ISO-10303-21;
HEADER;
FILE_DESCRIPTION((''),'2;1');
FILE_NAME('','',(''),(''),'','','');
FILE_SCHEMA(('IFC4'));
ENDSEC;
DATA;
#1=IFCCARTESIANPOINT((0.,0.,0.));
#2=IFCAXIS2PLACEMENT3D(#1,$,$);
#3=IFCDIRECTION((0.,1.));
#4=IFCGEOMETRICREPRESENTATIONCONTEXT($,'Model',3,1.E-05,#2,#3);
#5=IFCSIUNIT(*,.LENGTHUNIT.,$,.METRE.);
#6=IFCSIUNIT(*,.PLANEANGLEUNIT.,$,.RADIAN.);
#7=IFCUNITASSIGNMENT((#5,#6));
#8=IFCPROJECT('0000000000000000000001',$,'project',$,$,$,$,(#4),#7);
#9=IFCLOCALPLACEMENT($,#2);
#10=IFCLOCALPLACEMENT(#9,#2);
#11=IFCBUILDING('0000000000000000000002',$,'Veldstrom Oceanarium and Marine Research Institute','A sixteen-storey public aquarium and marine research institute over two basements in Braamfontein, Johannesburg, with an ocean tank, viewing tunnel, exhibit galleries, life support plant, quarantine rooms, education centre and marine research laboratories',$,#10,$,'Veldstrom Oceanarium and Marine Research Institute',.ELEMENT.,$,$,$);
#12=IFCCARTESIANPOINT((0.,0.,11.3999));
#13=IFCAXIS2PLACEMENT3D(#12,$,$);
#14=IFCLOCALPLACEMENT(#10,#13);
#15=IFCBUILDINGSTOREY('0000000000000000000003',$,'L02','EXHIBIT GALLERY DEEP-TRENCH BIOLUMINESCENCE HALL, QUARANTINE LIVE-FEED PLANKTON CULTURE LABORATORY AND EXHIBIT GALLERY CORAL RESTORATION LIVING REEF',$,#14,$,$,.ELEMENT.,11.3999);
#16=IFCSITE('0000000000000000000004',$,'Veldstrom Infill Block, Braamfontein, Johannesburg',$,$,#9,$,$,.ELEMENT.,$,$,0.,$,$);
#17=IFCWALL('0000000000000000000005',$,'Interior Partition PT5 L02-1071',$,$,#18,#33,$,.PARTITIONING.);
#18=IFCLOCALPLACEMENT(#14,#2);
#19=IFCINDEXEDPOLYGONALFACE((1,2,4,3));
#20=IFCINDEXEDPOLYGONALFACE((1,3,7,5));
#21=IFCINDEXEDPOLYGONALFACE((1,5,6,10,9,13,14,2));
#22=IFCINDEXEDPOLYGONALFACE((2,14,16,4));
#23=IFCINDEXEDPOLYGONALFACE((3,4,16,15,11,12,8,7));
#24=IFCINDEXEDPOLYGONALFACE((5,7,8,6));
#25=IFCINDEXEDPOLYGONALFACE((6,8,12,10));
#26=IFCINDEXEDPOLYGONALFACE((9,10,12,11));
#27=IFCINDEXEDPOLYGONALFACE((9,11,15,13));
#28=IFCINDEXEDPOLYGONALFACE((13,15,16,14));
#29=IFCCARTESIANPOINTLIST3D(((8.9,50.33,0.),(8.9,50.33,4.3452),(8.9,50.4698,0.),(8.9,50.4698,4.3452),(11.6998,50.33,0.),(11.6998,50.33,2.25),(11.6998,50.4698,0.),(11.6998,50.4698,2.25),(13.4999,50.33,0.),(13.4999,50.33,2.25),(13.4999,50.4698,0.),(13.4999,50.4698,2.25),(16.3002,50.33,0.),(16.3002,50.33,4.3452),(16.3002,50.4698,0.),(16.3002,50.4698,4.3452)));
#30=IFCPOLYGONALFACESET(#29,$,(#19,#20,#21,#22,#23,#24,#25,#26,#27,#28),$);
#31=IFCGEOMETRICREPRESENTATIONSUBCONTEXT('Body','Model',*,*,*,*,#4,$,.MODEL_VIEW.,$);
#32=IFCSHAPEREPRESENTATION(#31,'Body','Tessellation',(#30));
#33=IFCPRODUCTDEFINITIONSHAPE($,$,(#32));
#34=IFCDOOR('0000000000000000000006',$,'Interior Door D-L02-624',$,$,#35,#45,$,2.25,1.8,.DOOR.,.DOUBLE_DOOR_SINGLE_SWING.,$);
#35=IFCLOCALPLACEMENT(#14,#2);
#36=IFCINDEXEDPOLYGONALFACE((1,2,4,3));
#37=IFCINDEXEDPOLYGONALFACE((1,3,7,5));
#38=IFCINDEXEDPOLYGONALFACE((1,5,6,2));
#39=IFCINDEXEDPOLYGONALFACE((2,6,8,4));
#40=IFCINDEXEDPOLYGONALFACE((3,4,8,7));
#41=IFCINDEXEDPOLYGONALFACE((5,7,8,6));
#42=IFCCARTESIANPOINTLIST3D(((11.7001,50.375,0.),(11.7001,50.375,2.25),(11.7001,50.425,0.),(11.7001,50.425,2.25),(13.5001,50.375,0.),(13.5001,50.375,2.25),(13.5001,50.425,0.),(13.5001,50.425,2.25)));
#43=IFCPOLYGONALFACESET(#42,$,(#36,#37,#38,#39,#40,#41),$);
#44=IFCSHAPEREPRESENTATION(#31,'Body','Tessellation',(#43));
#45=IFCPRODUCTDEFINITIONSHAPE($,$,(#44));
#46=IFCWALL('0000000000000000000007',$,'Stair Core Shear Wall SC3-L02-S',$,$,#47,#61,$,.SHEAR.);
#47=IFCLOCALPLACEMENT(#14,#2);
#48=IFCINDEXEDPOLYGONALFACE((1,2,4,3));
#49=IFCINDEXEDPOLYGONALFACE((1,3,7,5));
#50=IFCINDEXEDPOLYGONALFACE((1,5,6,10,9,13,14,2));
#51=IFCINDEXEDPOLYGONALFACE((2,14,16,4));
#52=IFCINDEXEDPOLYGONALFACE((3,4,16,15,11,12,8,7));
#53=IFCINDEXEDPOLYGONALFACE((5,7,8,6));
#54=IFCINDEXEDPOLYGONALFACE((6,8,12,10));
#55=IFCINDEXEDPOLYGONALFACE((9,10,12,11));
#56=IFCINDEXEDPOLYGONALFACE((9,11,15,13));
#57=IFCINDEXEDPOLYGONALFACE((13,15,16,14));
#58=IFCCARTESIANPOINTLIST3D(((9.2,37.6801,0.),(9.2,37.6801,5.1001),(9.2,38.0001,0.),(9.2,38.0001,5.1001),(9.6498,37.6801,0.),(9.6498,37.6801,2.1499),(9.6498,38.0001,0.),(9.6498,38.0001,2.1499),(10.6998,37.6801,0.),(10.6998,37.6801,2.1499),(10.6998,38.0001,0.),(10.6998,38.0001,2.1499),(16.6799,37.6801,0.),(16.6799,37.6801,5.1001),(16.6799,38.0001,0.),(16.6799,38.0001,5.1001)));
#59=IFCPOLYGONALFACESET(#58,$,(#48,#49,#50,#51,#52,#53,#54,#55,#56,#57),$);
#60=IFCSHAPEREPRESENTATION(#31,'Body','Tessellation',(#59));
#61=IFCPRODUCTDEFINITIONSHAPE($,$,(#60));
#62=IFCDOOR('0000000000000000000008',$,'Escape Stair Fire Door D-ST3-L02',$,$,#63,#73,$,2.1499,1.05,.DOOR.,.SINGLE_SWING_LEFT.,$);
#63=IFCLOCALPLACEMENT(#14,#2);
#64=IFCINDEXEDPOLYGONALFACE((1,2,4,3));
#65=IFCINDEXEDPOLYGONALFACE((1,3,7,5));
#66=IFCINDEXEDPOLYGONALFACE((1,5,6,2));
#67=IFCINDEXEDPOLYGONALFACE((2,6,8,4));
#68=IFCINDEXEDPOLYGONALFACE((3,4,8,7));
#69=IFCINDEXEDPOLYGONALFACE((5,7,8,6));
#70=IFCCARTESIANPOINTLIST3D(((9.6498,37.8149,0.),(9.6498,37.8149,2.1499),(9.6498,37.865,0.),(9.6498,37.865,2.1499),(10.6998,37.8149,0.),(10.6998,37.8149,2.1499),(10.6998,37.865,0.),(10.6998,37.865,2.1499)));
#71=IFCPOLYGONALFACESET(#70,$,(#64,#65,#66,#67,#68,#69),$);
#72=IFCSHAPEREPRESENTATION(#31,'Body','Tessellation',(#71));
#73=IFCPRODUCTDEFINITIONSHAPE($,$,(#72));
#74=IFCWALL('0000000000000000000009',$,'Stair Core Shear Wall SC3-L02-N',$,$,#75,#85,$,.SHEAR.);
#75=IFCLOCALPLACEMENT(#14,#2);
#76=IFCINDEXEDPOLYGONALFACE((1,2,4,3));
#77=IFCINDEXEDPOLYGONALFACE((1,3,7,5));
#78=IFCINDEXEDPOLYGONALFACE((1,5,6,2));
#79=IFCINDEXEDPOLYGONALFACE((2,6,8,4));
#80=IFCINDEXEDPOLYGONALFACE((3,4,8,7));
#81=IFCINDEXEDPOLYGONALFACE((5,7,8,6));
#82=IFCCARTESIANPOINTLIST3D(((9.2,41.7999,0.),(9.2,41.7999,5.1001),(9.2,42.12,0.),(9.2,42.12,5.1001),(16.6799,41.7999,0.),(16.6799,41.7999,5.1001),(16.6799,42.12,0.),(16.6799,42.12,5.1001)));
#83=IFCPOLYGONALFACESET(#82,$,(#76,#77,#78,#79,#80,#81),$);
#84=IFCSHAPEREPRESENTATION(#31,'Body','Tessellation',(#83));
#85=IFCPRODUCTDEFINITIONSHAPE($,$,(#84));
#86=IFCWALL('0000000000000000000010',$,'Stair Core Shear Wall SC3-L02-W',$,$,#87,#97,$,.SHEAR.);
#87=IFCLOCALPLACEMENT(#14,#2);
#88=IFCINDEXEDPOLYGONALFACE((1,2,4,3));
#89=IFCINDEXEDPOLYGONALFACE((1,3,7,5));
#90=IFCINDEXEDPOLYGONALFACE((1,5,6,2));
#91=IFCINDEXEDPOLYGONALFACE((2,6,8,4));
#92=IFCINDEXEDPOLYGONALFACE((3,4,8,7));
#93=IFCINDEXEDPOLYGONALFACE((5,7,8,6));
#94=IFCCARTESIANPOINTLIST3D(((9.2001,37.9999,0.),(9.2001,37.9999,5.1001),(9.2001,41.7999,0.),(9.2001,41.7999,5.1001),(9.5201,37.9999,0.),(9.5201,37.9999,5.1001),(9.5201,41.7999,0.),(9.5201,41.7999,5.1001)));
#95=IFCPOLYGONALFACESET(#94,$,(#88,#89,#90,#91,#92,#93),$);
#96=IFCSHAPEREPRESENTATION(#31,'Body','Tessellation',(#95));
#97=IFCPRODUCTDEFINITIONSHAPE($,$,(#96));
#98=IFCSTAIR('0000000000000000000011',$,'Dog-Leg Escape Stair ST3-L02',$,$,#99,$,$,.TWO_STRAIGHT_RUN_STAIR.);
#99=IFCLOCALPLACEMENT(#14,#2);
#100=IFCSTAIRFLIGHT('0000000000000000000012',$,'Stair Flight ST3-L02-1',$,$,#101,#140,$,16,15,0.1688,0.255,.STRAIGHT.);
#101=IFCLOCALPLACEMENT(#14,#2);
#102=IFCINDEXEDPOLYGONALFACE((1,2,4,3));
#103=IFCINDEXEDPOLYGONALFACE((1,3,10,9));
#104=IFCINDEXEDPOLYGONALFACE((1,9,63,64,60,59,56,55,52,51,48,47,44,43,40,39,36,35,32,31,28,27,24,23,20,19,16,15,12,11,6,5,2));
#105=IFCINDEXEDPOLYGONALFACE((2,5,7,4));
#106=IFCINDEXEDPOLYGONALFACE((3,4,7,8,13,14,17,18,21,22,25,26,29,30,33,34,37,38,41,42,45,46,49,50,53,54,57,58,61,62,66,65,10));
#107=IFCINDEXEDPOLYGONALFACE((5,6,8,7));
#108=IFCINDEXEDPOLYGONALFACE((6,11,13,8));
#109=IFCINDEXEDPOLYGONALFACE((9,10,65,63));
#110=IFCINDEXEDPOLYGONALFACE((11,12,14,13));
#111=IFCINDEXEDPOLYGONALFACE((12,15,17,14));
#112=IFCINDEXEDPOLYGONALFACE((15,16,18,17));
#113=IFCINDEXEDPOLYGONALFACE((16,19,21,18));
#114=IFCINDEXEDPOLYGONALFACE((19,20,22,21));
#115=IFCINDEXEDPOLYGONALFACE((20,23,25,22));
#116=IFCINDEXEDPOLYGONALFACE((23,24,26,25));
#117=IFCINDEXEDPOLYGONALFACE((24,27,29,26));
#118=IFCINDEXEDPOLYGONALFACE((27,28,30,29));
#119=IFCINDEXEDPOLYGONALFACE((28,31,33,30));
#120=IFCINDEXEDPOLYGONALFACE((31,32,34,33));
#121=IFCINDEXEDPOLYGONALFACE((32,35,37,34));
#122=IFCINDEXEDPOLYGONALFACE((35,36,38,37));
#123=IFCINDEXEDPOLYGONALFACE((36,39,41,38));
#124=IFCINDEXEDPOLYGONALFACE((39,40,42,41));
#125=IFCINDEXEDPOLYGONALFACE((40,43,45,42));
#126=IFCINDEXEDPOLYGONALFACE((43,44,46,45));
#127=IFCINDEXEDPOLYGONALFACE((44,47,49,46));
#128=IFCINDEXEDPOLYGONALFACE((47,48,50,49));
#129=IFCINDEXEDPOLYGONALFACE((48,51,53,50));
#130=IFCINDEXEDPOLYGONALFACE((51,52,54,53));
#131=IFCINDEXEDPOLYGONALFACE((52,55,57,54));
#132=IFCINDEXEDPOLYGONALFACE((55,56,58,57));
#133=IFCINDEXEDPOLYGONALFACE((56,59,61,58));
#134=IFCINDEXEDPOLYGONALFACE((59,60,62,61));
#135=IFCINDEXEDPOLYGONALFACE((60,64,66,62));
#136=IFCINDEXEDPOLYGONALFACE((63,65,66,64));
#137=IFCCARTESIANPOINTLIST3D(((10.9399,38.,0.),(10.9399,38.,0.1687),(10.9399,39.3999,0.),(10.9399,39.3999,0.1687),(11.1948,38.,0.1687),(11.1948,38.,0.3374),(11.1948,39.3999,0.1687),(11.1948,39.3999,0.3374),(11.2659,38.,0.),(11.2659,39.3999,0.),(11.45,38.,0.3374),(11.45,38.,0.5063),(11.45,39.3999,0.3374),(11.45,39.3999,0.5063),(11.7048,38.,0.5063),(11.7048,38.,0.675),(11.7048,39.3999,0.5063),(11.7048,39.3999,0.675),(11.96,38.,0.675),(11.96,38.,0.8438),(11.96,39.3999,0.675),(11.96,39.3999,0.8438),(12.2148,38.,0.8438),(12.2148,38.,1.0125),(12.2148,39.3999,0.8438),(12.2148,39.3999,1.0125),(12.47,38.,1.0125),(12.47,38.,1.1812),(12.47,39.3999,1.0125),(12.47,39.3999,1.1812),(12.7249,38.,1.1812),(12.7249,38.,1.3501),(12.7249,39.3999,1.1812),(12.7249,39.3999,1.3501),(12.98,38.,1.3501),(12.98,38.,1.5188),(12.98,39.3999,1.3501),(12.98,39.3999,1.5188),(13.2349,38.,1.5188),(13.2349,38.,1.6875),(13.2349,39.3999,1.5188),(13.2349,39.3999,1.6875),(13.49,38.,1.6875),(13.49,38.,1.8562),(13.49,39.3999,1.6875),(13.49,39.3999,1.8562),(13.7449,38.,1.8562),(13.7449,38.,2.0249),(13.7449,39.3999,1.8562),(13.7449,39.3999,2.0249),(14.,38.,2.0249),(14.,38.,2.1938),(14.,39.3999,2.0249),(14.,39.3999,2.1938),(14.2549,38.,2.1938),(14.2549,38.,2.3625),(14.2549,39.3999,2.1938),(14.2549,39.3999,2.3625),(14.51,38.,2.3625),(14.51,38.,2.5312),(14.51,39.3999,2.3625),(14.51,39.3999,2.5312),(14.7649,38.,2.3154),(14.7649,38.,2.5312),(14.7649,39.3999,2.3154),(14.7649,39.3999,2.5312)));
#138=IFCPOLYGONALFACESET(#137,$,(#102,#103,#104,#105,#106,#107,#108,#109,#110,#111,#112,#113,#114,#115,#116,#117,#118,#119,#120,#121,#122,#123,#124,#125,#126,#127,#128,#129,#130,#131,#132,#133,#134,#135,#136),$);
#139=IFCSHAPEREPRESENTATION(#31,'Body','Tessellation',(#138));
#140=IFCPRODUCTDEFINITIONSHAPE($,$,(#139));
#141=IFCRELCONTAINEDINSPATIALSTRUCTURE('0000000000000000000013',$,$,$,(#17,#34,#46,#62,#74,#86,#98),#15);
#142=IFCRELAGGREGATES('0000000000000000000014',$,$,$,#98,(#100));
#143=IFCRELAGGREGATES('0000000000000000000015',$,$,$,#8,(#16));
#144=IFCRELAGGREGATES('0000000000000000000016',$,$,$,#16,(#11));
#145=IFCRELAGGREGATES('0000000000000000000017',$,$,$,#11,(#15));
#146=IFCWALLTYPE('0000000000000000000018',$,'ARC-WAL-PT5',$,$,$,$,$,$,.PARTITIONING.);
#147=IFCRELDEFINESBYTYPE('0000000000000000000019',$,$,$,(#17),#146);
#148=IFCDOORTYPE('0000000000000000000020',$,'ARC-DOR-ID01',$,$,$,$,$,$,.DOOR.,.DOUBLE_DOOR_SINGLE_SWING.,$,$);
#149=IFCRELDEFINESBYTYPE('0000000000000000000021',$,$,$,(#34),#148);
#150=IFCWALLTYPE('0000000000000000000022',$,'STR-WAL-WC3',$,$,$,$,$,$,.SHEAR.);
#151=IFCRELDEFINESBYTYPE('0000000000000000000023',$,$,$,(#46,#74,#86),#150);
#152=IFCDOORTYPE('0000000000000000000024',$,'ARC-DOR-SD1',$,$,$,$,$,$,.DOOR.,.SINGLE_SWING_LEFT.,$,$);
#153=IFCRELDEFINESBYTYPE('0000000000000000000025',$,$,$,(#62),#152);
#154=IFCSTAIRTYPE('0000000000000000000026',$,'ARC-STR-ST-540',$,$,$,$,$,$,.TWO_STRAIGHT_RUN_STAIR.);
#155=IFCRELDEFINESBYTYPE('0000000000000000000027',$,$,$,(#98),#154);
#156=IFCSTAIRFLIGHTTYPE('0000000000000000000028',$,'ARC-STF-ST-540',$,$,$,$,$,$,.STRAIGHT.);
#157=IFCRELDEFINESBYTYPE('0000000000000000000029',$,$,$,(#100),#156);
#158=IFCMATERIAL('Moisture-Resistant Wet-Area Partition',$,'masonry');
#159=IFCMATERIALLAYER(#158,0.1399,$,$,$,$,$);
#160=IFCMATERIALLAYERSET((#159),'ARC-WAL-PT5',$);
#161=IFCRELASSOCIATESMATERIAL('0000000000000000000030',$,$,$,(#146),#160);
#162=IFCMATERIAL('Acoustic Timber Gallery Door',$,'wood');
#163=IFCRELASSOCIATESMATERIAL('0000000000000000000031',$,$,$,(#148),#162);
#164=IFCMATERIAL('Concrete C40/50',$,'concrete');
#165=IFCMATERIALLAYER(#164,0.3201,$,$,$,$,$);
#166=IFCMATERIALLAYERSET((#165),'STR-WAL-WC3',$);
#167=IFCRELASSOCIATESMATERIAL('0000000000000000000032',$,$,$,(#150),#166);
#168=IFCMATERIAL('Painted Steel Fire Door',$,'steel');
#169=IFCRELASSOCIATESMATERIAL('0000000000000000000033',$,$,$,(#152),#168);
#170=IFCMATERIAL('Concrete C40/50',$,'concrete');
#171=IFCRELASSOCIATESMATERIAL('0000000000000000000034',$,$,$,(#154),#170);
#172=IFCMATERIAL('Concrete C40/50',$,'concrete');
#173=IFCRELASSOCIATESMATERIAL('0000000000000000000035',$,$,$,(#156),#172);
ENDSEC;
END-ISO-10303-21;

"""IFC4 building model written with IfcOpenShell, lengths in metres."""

from ifc_helpers import new_model, si_unit, direction, frame, frame_2d, origin, place, context, subcontext, project, spatial, polyline, rectangle, outline, extrude, material, layer, layer_set, type_object, element, fill, aggregate, save


model = new_model("IFC4")

# Units and contexts
model_context = context("Model", 3, precision=1e-05, world=origin(), true_north=direction((0.0, 1.0)))
body_context = subcontext(model_context, "Body", "Model", "MODEL_VIEW")
ifc_project = project(units=[si_unit("LENGTHUNIT", "METRE"), si_unit("PLANEANGLEUNIT", "RADIAN")], contexts=[model_context])

# Site, building, storey
site_placement = place(None, origin())
site = spatial("IfcSite", under=ifc_project, at=site_placement, Name="Veldstrom Infill Block, Braamfontein, Johannesburg", CompositionType="ELEMENT", RefElevation=0.0)
building_placement = place(site_placement, origin())
building = spatial("IfcBuilding", under=site, at=building_placement, Name="Veldstrom Oceanarium and Marine Research Institute", Description="A sixteen-storey public aquarium and marine research institute over two basements in Braamfontein, Johannesburg, with an ocean tank, viewing tunnel, exhibit galleries, life support plant, quarantine rooms, education centre and marine research laboratories", LongName="Veldstrom Oceanarium and Marine Research Institute", CompositionType="ELEMENT")
storey_placement = place(building_placement, frame((0.0, 0.0, 11.3999)))
storey = spatial("IfcBuildingStorey", under=building, at=storey_placement, Name="L02", Description="EXHIBIT GALLERY DEEP-TRENCH BIOLUMINESCENCE HALL, QUARANTINE LIVE-FEED PLANKTON CULTURE LABORATORY AND EXHIBIT GALLERY CORAL RESTORATION LIVING REEF", CompositionType="ELEMENT", Elevation=11.3999)

# Walls, openings, doors
ifc_material_1 = material(Name="Moisture-Resistant Wet-Area Partition", Category="masonry")
ifc_layer_1 = layer(ifc_material_1, 0.1399)
ifc_layer_set_1 = layer_set([ifc_layer_1], Name="ARC-WAL-PT5")
wall_type_1 = type_object("IfcWallType", Name="ARC-WAL-PT5", PredefinedType="PARTITIONING", material=ifc_layer_set_1)
wall_1_placement = place(storey_placement, frame((8.8999, 50.3999, 0.0), z_axis=(0.0, 0.0, 1.0), x_axis=(1.0, 0.0, 0.0)))
wall_1 = element("IfcWall", 1, at=wall_1_placement, inside=storey, type_object=wall_type_1, Name="Interior Partition PT5 L02-1071", PredefinedType="PARTITIONING", context=body_context, shape_type="SweptSolid", body=[
    extrude(rectangle(XDim=7.4001, YDim=0.1399, at=frame_2d((3.7002, 0.0))), origin(), (0.0, 0.0, 1.0), 4.3452),
])
opening_1_placement = place(wall_1_placement, frame((2.8, 0.0, 0.0)))
opening_1 = element("IfcOpeningElement", 2, at=opening_1_placement, cuts=wall_1, PredefinedType="OPENING", context=body_context, shape_type="SweptSolid", body=[
    extrude(rectangle(XDim=1.8, YDim=2.25, at=frame_2d((0.8999, 1.125))), frame((0.0, 0.0798, 0.0), z_axis=(0.0, -1.0, 0.0), x_axis=(1.0, 0.0, 0.0)), (0.0, 0.0, 1.0), 0.1599),
])
ifc_material_2 = material(Name="Acoustic Timber Gallery Door", Category="wood")
door_type_1 = type_object("IfcDoorType", Name="ARC-DOR-ID01", OperationType="DOUBLE_DOOR_SINGLE_SWING", PredefinedType="DOOR", material=ifc_material_2)
door_1_placement = place(opening_1_placement, frame((1.8, 0.0, 0.0), z_axis=(0.0, 0.0, 1.0), x_axis=(-1.0, 0.0, 0.0)))
door_1 = element("IfcDoor", 3, at=door_1_placement, inside=storey, type_object=door_type_1, Name="Interior Door D-L02-624", OperationType="DOUBLE_DOOR_SINGLE_SWING", OverallHeight=2.25, OverallWidth=1.8, PredefinedType="DOOR", context=body_context, shape_type="SweptSolid", body=[
    extrude(rectangle(XDim=1.8, YDim=2.25, at=frame_2d((0.8999, 1.125))), frame((0.0, 0.0249, 0.0), z_axis=(0.0, -1.0, 0.0), x_axis=(1.0, 0.0, 0.0)), (0.0, 0.0, 1.0), 0.05),
])
fill(opening_1, door_1)
ifc_material_3 = material(Name="Concrete C40/50", Category="concrete")
ifc_layer_2 = layer(ifc_material_3, 0.3201)
ifc_layer_set_2 = layer_set([ifc_layer_2], Name="STR-WAL-WC3")
wall_type_2 = type_object("IfcWallType", Name="STR-WAL-WC3", PredefinedType="SHEAR", material=ifc_layer_set_2)
wall_2_placement = place(storey_placement, frame((9.2, 37.8401, 0.0), z_axis=(0.0, 0.0, 1.0), x_axis=(1.0, 0.0, 0.0)))
wall_2 = element("IfcWall", 4, at=wall_2_placement, inside=storey, type_object=wall_type_2, Name="Stair Core Shear Wall SC3-L02-S", PredefinedType="SHEAR", context=body_context, shape_type="SweptSolid", body=[
    extrude(rectangle(XDim=7.48, YDim=0.3201, at=frame_2d((3.74, 0.0))), origin(), (0.0, 0.0, 1.0), 5.1001),
])
opening_2_placement = place(wall_2_placement, frame((0.45, 0.0, 0.0)))
opening_2 = element("IfcOpeningElement", 5, at=opening_2_placement, cuts=wall_2, PredefinedType="OPENING", context=body_context, shape_type="SweptSolid", body=[
    extrude(rectangle(XDim=1.05, YDim=2.1499, at=frame_2d((0.5249, 1.075))), frame((0.0, 0.1699, 0.0), z_axis=(0.0, -1.0, 0.0), x_axis=(1.0, 0.0, 0.0)), (0.0, 0.0, 1.0), 0.3401),
])
ifc_material_4 = material(Name="Painted Steel Fire Door", Category="steel")
door_type_2 = type_object("IfcDoorType", Name="ARC-DOR-SD1", OperationType="SINGLE_SWING_LEFT", PredefinedType="DOOR", material=ifc_material_4)
door_2_placement = place(opening_2_placement, origin())
door_2 = element("IfcDoor", 6, at=door_2_placement, inside=storey, type_object=door_type_2, Name="Escape Stair Fire Door D-ST3-L02", OperationType="SINGLE_SWING_LEFT", OverallHeight=2.1499, OverallWidth=1.05, PredefinedType="DOOR", context=body_context, shape_type="SweptSolid", body=[
    extrude(rectangle(XDim=1.05, YDim=2.1499, at=frame_2d((0.5249, 1.075))), frame((0.0, 0.0249, 0.0), z_axis=(0.0, -1.0, 0.0), x_axis=(1.0, 0.0, 0.0)), (0.0, 0.0, 1.0), 0.05),
])
fill(opening_2, door_2)

# Walls
wall_3_placement = place(storey_placement, frame((9.2, 41.96, 0.0), z_axis=(0.0, 0.0, 1.0), x_axis=(1.0, 0.0, 0.0)))
element("IfcWall", 7, at=wall_3_placement, inside=storey, type_object=wall_type_2, Name="Stair Core Shear Wall SC3-L02-N", PredefinedType="SHEAR", context=body_context, shape_type="SweptSolid", body=[
    extrude(rectangle(XDim=7.48, YDim=0.3201, at=frame_2d((3.74, 0.0))), origin(), (0.0, 0.0, 1.0), 5.1001),
])
wall_4_placement = place(storey_placement, frame((9.3601, 38.0, 0.0), z_axis=(0.0, 0.0, 1.0), x_axis=(0.0, 1.0, 0.0)))
element("IfcWall", 8, at=wall_4_placement, inside=storey, type_object=wall_type_2, Name="Stair Core Shear Wall SC3-L02-W", PredefinedType="SHEAR", context=body_context, shape_type="SweptSolid", body=[
    extrude(rectangle(XDim=3.8, YDim=0.3201, at=frame_2d((1.8999, 0.0))), origin(), (0.0, 0.0, 1.0), 5.1001),
])

# Stair, stair flight
ifc_material_5 = material(Name="Concrete C40/50", Category="concrete")
stair_type = type_object("IfcStairType", Name="ARC-STR-ST-540", PredefinedType="TWO_STRAIGHT_RUN_STAIR", material=ifc_material_5)
stair_placement = place(storey_placement, origin())
stair = element("IfcStair", 9, at=stair_placement, inside=storey, type_object=stair_type, Name="Dog-Leg Escape Stair ST3-L02", PredefinedType="TWO_STRAIGHT_RUN_STAIR")
ifc_material_6 = material(Name="Concrete C40/50", Category="concrete")
stair_flight_type = type_object("IfcStairFlightType", Name="ARC-STF-ST-540", PredefinedType="STRAIGHT", material=ifc_material_6)
stair_flight_1_placement = place(storey_placement, frame((10.9399, 38.7, 0.0), z_axis=(0.0, 0.0, 1.0), x_axis=(1.0, 0.0, 0.0)))
stair_flight_1 = element("IfcStairFlight", 10, at=stair_flight_1_placement, type_object=stair_flight_type, Name="Stair Flight ST3-L02-1", NumberOfRisers=16, NumberOfTreads=15, PredefinedType="STRAIGHT", RiserHeight=0.1688, TreadLength=0.255, context=body_context, shape_type="SweptSolid", body=[
    extrude(outline(polyline([(0.0, 0.0), (0.0, 0.1687), (0.2549, 0.1687), (0.2549, 0.3374), (0.51, 0.3374), (0.51, 0.5063), (0.7649, 0.5063), (0.7649, 0.675), (1.02, 0.675), (1.02, 0.8438), (1.2749, 0.8438), (1.2749, 1.0125), (1.53, 1.0125), (1.53, 1.1812), (1.7849, 1.1812), (1.7849, 1.3501), (2.04, 1.3501), (2.04, 1.5188), (2.2949, 1.5188), (2.2949, 1.6875), (2.55, 1.6875), (2.55, 1.8562), (2.8049, 1.8562), (2.8049, 2.0249), (3.0601, 2.0249), (3.0601, 2.1938), (3.3149, 2.1938), (3.3149, 2.3625), (3.5701, 2.3625), (3.5701, 2.5312), (3.825, 2.5312), (3.825, 2.7), (3.825, 2.3154), (0.3259, 0.0), (0.0, 0.0)])), frame((0.0, 0.7, 0.0), z_axis=(0.0, -1.0, 0.0), x_axis=(1.0, 0.0, 0.0)), (0.0, 0.0, 1.0), 1.3999),
])
aggregate(stair, [stair_flight_1])

save(model, "model.ifc")
